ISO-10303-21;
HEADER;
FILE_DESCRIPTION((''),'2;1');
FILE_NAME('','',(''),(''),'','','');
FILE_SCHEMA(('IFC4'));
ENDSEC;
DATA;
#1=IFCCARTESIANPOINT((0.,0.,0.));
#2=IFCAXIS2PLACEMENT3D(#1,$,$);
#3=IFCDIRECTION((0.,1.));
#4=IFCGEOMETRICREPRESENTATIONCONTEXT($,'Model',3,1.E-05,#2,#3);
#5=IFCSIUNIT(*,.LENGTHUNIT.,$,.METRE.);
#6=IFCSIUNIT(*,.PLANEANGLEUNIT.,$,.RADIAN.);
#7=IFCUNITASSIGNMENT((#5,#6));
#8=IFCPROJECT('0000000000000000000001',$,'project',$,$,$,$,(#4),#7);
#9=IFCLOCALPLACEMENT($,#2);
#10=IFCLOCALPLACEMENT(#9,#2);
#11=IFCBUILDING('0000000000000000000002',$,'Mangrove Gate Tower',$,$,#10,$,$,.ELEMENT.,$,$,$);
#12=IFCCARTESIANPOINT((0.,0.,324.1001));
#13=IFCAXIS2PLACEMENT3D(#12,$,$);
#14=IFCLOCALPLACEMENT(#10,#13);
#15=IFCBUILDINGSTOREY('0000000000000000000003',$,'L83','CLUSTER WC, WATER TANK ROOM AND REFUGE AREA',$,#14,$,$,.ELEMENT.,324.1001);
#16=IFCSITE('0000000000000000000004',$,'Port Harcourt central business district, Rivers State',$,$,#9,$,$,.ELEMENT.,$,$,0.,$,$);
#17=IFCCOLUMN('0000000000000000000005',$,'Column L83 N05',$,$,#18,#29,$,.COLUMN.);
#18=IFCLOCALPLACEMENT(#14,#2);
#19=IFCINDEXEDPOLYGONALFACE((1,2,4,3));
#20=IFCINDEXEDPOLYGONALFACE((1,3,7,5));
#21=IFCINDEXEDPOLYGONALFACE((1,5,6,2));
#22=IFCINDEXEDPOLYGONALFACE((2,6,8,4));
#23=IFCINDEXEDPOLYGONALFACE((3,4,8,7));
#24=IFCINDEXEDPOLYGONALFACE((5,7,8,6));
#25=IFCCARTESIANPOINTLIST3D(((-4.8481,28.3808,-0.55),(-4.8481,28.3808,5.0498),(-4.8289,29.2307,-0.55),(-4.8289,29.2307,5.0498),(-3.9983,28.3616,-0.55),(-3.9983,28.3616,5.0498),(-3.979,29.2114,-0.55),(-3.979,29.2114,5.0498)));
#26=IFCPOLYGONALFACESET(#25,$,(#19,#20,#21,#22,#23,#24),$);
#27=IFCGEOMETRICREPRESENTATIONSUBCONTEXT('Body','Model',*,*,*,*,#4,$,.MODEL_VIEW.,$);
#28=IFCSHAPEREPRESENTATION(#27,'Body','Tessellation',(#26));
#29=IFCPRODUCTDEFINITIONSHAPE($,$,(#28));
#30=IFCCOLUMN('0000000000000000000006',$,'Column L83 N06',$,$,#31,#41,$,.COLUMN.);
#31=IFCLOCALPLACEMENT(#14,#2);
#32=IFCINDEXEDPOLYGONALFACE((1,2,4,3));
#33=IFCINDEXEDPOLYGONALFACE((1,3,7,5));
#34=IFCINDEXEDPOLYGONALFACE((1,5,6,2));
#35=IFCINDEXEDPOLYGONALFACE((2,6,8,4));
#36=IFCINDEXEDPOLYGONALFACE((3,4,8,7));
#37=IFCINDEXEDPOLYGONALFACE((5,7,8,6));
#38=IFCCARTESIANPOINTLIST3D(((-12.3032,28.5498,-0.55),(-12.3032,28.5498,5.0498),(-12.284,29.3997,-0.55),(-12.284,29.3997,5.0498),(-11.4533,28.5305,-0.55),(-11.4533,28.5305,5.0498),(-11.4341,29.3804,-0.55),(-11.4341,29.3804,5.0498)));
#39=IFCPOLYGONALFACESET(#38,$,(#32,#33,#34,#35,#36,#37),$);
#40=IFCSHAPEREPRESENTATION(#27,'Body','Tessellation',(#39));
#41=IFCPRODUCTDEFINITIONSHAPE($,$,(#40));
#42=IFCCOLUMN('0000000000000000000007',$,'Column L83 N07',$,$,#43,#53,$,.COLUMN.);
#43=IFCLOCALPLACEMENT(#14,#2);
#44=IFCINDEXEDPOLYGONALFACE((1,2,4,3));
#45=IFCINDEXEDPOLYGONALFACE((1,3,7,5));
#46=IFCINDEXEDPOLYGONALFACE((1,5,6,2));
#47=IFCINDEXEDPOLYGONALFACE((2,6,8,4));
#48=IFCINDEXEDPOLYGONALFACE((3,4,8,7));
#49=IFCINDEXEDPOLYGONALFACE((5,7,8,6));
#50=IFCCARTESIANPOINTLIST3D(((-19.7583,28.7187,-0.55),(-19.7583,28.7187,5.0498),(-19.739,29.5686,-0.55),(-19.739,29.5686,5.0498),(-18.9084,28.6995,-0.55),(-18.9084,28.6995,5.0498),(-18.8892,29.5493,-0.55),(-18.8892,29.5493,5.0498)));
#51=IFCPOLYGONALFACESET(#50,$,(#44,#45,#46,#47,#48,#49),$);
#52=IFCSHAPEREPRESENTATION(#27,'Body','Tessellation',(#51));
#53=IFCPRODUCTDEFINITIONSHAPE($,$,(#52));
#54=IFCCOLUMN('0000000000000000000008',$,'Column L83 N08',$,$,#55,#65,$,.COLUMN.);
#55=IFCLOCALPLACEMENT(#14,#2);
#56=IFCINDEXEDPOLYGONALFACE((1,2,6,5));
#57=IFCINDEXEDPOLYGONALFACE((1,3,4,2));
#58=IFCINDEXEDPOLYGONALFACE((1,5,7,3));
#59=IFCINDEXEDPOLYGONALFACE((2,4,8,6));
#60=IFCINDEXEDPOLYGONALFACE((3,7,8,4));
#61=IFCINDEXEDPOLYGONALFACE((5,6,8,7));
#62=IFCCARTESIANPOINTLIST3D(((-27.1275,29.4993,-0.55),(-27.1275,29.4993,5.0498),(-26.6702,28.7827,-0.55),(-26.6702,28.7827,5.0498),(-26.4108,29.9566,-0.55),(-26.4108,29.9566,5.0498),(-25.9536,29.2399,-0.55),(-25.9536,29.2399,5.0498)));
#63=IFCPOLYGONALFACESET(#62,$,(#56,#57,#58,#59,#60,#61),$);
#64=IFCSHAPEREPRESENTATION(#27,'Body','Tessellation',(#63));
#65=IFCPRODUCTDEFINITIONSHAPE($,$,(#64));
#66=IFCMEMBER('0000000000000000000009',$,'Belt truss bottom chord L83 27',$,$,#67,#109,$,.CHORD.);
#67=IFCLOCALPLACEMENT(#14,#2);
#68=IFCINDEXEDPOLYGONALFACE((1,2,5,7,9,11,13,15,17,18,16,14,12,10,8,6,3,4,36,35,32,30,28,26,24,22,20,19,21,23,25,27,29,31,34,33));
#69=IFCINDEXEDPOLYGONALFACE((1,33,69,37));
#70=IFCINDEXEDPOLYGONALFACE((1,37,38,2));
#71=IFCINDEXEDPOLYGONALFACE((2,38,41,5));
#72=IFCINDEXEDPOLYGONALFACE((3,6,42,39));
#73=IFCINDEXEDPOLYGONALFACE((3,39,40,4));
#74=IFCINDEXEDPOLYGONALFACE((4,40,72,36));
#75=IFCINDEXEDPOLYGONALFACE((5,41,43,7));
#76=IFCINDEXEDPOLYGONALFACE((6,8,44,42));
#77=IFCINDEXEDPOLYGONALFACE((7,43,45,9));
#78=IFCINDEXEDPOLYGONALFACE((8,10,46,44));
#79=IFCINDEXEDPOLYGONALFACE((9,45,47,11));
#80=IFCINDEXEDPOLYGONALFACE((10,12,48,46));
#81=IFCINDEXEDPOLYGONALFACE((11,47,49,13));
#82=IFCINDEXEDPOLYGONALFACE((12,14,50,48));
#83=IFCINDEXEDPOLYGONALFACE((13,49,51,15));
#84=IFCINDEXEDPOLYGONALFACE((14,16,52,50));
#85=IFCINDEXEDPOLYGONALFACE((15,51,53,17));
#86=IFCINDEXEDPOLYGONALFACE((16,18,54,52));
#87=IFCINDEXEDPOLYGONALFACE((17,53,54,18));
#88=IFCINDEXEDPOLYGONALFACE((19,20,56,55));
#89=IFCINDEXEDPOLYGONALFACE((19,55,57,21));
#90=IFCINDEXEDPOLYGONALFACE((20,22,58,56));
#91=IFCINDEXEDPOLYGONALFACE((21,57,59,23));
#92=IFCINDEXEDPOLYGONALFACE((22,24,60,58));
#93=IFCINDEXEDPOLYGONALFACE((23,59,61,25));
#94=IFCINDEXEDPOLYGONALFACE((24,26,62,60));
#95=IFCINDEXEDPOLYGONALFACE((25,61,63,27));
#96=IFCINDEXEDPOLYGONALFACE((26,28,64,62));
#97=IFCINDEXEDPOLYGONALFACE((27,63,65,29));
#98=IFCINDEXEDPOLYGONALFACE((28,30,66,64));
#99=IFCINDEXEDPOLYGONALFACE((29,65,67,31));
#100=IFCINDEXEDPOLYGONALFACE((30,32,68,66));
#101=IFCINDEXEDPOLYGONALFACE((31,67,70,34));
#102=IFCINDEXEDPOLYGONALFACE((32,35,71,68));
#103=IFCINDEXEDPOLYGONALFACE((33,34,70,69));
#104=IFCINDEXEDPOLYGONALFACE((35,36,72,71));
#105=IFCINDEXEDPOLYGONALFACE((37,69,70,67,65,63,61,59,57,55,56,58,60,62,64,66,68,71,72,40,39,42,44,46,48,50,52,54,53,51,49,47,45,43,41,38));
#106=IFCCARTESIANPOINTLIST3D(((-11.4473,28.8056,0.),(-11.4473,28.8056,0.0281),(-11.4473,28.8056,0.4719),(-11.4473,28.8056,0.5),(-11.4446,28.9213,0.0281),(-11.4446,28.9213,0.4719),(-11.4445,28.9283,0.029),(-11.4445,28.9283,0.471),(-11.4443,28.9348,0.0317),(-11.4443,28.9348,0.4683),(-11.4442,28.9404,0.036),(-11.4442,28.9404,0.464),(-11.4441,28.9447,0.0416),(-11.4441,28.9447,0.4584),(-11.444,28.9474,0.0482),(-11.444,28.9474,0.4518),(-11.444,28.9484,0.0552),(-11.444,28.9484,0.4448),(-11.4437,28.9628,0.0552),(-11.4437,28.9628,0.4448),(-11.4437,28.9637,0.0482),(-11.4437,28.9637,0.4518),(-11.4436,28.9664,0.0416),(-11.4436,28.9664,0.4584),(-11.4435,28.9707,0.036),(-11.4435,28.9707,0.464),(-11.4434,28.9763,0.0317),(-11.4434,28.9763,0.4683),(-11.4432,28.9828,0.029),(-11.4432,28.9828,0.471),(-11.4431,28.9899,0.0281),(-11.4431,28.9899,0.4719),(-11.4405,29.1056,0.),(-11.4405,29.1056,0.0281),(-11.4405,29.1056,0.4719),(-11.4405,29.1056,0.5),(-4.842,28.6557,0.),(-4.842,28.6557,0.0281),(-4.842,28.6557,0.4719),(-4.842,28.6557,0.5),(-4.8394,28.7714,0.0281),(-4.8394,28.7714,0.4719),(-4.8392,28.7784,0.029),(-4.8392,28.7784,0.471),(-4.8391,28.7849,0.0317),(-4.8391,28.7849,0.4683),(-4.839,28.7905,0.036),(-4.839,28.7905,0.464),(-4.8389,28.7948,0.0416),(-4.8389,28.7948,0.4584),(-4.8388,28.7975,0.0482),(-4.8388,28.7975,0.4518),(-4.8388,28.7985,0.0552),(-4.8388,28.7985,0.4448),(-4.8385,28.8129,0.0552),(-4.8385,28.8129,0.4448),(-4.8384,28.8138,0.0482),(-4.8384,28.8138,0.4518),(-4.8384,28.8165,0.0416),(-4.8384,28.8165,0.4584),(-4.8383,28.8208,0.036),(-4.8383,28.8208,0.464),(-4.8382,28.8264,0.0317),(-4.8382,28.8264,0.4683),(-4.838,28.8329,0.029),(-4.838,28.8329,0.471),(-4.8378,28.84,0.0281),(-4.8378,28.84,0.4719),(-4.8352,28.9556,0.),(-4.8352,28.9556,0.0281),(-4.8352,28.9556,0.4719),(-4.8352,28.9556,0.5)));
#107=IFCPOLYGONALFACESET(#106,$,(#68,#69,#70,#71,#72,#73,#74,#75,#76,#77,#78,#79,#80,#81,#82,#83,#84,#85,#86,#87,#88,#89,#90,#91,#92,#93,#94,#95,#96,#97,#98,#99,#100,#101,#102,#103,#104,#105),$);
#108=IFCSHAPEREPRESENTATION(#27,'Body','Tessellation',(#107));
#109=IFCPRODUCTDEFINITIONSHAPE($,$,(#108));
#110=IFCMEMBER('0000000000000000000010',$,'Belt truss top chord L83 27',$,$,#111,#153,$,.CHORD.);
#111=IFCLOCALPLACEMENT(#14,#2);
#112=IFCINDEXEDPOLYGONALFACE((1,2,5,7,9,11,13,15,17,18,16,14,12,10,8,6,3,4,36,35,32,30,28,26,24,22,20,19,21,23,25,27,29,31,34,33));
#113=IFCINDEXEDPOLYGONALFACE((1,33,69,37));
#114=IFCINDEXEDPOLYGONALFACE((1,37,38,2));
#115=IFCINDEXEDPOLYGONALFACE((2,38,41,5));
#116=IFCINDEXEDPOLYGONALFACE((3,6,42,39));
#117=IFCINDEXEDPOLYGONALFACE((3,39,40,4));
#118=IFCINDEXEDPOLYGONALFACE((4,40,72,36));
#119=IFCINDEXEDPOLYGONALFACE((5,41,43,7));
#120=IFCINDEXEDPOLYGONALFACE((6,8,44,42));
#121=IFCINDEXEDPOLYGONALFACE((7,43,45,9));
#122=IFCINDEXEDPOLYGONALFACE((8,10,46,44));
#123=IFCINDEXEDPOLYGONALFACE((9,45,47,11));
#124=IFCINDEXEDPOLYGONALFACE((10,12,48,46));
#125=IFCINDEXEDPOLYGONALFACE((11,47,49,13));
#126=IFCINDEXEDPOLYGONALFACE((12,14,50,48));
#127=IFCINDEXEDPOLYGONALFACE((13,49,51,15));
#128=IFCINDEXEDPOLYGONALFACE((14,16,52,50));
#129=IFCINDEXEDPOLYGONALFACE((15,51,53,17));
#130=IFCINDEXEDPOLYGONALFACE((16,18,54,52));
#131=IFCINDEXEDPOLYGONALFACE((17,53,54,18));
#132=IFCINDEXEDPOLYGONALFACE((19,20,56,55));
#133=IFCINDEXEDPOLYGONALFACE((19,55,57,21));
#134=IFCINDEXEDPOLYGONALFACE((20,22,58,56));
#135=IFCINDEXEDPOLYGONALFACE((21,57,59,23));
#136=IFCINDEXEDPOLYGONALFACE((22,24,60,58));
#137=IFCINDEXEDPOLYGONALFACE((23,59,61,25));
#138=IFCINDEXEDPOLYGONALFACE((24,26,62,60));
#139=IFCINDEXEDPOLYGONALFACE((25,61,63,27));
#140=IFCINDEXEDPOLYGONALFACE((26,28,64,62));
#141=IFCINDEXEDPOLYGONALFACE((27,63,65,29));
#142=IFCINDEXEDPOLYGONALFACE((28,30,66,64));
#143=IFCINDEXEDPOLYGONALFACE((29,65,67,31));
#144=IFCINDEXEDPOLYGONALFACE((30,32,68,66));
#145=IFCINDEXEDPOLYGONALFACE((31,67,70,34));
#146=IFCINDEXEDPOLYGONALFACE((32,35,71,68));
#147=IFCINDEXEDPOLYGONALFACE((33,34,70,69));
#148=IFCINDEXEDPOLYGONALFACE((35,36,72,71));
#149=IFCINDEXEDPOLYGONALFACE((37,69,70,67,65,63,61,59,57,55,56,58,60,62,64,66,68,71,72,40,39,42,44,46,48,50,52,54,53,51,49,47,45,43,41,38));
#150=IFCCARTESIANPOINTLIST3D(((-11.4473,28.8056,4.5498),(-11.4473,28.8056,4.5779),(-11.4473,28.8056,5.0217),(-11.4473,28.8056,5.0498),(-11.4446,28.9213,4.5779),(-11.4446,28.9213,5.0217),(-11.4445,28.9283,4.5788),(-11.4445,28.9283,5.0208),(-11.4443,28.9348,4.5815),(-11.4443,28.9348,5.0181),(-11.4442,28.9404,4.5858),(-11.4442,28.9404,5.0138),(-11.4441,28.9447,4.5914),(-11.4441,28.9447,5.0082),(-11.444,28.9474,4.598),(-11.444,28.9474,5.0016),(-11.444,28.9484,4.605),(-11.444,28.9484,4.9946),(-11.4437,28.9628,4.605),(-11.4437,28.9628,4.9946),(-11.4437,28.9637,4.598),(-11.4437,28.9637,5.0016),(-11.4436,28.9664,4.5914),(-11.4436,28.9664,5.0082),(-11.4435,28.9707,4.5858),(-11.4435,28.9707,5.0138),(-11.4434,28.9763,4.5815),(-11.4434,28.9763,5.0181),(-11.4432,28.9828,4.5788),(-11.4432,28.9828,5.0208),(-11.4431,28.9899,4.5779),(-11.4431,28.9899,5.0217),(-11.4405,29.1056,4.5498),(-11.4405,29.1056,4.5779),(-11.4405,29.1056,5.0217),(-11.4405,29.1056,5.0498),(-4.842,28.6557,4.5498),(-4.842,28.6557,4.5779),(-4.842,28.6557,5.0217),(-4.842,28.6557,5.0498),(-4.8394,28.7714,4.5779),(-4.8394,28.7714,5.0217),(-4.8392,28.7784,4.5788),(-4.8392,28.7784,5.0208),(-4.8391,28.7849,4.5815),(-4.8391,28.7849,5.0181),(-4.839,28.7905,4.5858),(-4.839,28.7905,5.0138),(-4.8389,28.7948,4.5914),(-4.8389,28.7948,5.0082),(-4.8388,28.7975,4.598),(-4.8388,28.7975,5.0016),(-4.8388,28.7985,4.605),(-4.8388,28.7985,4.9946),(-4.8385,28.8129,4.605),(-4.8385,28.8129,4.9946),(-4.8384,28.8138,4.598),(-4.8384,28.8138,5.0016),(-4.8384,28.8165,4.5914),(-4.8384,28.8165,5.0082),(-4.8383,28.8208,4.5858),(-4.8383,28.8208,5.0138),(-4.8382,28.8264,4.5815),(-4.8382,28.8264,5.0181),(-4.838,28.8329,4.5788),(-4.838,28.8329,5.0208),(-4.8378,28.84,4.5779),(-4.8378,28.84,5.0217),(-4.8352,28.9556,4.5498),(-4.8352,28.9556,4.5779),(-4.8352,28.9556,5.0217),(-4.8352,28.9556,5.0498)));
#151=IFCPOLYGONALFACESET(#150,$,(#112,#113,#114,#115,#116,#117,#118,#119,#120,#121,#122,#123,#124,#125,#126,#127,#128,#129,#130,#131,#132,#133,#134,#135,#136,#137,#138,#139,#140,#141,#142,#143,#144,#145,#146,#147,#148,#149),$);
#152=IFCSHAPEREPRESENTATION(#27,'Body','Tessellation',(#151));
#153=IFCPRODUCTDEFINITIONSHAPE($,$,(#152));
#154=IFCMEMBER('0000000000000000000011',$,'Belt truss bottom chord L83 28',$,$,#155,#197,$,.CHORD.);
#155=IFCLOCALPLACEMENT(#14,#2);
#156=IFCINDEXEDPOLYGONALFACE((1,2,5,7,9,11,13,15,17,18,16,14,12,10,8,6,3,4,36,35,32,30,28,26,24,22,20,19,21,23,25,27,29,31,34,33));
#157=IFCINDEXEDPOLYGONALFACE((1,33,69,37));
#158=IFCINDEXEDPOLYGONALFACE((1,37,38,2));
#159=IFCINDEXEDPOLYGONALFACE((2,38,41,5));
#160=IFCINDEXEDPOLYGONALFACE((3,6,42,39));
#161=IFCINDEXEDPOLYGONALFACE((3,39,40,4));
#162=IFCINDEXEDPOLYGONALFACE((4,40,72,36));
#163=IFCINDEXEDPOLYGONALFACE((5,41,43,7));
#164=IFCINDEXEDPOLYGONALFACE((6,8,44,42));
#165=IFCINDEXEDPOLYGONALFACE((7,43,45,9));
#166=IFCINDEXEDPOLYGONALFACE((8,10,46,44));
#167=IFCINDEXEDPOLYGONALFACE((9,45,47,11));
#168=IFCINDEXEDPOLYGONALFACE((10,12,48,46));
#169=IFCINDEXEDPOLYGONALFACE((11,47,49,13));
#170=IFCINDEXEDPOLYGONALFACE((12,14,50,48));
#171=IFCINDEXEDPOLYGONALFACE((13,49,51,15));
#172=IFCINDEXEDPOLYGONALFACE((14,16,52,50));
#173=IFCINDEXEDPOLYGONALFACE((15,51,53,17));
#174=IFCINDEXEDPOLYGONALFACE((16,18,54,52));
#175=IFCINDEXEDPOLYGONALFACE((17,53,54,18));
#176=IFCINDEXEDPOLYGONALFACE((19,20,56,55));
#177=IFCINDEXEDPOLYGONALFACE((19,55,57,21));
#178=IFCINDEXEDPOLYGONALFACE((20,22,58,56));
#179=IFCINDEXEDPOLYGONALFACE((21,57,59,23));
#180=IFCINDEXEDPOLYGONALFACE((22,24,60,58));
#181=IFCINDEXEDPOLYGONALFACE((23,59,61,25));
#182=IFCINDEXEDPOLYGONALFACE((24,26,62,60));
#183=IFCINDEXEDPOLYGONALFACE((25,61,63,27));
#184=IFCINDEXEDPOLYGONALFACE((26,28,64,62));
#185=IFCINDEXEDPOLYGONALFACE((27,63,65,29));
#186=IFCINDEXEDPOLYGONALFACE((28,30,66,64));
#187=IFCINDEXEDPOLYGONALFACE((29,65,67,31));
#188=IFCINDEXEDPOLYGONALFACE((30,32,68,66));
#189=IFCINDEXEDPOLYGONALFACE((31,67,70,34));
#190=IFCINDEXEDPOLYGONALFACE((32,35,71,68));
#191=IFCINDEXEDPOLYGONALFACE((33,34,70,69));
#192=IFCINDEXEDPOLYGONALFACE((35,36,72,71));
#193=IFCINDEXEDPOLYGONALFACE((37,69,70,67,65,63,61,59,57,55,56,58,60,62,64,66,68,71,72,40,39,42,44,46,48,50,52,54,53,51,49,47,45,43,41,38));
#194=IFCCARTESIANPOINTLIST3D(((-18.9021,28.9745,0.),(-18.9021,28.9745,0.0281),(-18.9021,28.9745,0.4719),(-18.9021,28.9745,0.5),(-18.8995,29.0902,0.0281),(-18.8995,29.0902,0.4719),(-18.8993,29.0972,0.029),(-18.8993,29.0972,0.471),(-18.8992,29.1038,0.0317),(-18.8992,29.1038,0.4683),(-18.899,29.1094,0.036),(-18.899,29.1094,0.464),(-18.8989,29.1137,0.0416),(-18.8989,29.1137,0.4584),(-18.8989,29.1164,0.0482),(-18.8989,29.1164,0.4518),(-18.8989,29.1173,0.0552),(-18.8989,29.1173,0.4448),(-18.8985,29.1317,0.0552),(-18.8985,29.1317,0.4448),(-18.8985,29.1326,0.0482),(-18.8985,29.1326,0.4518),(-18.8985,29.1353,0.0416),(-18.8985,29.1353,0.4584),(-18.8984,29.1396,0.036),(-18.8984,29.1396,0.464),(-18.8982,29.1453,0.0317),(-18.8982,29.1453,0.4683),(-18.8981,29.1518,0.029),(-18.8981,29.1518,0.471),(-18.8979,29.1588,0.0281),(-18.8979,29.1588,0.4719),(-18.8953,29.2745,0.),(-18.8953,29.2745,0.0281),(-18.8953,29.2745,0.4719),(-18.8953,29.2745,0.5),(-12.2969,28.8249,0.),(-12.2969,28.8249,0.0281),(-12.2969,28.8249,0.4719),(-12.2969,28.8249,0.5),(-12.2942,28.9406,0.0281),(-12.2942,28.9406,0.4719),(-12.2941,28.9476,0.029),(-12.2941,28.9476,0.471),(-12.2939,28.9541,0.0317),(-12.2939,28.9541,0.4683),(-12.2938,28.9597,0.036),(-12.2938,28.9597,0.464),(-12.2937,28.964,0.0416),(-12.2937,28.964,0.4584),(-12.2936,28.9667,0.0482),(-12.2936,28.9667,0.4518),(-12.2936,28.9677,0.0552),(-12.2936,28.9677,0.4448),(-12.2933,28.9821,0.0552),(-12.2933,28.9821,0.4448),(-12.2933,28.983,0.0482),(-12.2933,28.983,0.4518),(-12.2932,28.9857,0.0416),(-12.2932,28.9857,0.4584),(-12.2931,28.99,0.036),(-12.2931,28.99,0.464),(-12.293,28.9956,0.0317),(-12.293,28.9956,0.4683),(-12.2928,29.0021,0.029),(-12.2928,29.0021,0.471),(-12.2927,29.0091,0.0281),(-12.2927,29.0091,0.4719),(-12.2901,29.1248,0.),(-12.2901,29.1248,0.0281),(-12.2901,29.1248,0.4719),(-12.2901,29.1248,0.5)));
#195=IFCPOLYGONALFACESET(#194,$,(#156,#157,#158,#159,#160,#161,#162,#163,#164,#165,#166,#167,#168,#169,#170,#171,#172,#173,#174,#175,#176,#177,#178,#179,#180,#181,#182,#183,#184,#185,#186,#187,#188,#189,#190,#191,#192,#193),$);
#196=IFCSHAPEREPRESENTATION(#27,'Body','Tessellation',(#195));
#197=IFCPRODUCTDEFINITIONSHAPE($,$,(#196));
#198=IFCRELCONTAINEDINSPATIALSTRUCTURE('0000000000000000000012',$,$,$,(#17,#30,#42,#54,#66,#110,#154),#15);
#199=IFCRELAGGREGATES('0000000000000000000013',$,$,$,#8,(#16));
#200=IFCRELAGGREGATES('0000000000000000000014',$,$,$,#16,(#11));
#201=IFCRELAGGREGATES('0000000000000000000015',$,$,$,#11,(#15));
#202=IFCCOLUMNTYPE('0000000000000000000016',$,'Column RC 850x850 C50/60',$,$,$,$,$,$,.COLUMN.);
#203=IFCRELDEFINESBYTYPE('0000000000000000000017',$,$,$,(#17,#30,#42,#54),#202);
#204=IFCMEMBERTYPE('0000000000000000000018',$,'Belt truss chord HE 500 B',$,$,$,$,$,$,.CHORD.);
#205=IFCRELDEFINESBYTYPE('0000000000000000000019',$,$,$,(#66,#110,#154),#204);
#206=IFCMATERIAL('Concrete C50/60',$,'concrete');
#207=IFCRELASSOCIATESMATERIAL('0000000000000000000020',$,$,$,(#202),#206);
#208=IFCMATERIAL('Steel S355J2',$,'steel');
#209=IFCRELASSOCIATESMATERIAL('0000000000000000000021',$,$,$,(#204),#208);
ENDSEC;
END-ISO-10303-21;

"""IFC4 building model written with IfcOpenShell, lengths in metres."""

from ifc_helpers import new_model, si_unit, direction, frame, origin, origin_2d, place, context, subcontext, project, spatial, rectangle, i_section, extrude, material, material_profile, profile_set, type_object, element, save


model = new_model("IFC4")

# Units and contexts
model_context = context("Model", 3, precision=1e-05, world=origin(), true_north=direction((0.0, 1.0)))
body_context = subcontext(model_context, "Body", "Model", "MODEL_VIEW")
ifc_project = project(units=[si_unit("LENGTHUNIT", "METRE"), si_unit("PLANEANGLEUNIT", "RADIAN")], contexts=[model_context])

# Site, building, storey
site_placement = place(None, origin())
site = spatial("IfcSite", under=ifc_project, at=site_placement, Name="Port Harcourt central business district, Rivers State", CompositionType="ELEMENT", RefElevation=0.0)
building_placement = place(site_placement, origin())
building = spatial("IfcBuilding", under=site, at=building_placement, Name="Mangrove Gate Tower", CompositionType="ELEMENT")
storey_placement = place(building_placement, frame((0.0, 0.0, 324.1001)))
storey = spatial("IfcBuildingStorey", under=building, at=storey_placement, Name="L83", Description="CLUSTER WC, WATER TANK ROOM AND REFUGE AREA", CompositionType="ELEMENT", Elevation=324.1001)

# Columns
ifc_material_1 = material(Name="Concrete C50/60", Category="concrete")
ifc_material_profile_1 = material_profile(ifc_material_1, rectangle(XDim=0.8501, YDim=0.8501, at=origin_2d()))
ifc_profile_set_1 = profile_set([ifc_material_profile_1], Name="Concrete C50/60")
column_type = type_object("IfcColumnType", Name="Column RC 850x850 C50/60", PredefinedType="COLUMN", material=ifc_profile_set_1)
for number, where, z_axis, x_axis, name in (
    (1, (-4.4136, 28.7961, -0.55), (0.0, 0.0, 1.0), (-0.999743, 0.022664, 0.0), "Column L83 N05"),
    (2, (-11.8687, 28.9651, -0.55), (0.0, 0.0, 1.0), (-0.999743, 0.022664, 0.0), "Column L83 N06"),
    (3, (-19.3237, 29.134, -0.55), (0.0, 0.0, 1.0), (-0.999743, 0.022664, 0.0), "Column L83 N07"),
    (4, (-26.5405, 29.3696, -0.55), (0.0, 0.0, 1.0), (-0.843037, -0.537855, 0.0), "Column L83 N08"),
):
    element("IfcColumn", number, at=place(storey_placement, frame(where, z_axis=z_axis, x_axis=x_axis)), inside=storey, type_object=column_type, Name=name, PredefinedType="COLUMN", context=body_context, shape_type="SweptSolid", body=[
        extrude(rectangle(XDim=0.8501, YDim=0.8501, at=origin_2d()), origin(), (0.0, 0.0, 1.0), 5.5999),
    ])

# Members
ifc_material_2 = material(Name="Steel S355J2", Category="steel")
ifc_material_profile_2 = material_profile(ifc_material_2, i_section(OverallWidth=0.3, OverallDepth=0.5, WebThickness=0.0144, FlangeThickness=0.0281, FilletRadius=0.0271, at=origin_2d()))
ifc_profile_set_2 = profile_set([ifc_material_profile_2], Name="Steel S355J2")
member_type_1 = type_object("IfcMemberType", Name="Belt truss chord HE 500 B", PredefinedType="CHORD", material=ifc_profile_set_2)
for number, where, z_axis, x_axis, name in (
    (5, (-4.8386, 28.8057, 0.25), (-0.999743, 0.022689, 0.0), (-0.022689, -0.999743, 0.0), "Belt truss bottom chord L83 27"),
    (6, (-4.8386, 28.8057, 4.7998), (-0.999743, 0.022689, 0.0), (-0.022689, -0.999743, 0.0), "Belt truss top chord L83 27"),
    (7, (-12.2935, 28.9749, 0.25), (-0.999743, 0.022652, 0.0), (-0.022652, -0.999743, 0.0), "Belt truss bottom chord L83 28"),
):
    element("IfcMember", number, at=place(storey_placement, frame(where, z_axis=z_axis, x_axis=x_axis)), inside=storey, type_object=member_type_1, Name=name, PredefinedType="CHORD", context=body_context, shape_type="SweptSolid", body=[
        extrude(i_section(OverallWidth=0.3, OverallDepth=0.5, WebThickness=0.0144, FlangeThickness=0.0281, FilletRadius=0.0271, at=origin_2d()), origin(), (0.0, 0.0, 1.0), 6.6069),
    ])

save(model, "model.ifc")
